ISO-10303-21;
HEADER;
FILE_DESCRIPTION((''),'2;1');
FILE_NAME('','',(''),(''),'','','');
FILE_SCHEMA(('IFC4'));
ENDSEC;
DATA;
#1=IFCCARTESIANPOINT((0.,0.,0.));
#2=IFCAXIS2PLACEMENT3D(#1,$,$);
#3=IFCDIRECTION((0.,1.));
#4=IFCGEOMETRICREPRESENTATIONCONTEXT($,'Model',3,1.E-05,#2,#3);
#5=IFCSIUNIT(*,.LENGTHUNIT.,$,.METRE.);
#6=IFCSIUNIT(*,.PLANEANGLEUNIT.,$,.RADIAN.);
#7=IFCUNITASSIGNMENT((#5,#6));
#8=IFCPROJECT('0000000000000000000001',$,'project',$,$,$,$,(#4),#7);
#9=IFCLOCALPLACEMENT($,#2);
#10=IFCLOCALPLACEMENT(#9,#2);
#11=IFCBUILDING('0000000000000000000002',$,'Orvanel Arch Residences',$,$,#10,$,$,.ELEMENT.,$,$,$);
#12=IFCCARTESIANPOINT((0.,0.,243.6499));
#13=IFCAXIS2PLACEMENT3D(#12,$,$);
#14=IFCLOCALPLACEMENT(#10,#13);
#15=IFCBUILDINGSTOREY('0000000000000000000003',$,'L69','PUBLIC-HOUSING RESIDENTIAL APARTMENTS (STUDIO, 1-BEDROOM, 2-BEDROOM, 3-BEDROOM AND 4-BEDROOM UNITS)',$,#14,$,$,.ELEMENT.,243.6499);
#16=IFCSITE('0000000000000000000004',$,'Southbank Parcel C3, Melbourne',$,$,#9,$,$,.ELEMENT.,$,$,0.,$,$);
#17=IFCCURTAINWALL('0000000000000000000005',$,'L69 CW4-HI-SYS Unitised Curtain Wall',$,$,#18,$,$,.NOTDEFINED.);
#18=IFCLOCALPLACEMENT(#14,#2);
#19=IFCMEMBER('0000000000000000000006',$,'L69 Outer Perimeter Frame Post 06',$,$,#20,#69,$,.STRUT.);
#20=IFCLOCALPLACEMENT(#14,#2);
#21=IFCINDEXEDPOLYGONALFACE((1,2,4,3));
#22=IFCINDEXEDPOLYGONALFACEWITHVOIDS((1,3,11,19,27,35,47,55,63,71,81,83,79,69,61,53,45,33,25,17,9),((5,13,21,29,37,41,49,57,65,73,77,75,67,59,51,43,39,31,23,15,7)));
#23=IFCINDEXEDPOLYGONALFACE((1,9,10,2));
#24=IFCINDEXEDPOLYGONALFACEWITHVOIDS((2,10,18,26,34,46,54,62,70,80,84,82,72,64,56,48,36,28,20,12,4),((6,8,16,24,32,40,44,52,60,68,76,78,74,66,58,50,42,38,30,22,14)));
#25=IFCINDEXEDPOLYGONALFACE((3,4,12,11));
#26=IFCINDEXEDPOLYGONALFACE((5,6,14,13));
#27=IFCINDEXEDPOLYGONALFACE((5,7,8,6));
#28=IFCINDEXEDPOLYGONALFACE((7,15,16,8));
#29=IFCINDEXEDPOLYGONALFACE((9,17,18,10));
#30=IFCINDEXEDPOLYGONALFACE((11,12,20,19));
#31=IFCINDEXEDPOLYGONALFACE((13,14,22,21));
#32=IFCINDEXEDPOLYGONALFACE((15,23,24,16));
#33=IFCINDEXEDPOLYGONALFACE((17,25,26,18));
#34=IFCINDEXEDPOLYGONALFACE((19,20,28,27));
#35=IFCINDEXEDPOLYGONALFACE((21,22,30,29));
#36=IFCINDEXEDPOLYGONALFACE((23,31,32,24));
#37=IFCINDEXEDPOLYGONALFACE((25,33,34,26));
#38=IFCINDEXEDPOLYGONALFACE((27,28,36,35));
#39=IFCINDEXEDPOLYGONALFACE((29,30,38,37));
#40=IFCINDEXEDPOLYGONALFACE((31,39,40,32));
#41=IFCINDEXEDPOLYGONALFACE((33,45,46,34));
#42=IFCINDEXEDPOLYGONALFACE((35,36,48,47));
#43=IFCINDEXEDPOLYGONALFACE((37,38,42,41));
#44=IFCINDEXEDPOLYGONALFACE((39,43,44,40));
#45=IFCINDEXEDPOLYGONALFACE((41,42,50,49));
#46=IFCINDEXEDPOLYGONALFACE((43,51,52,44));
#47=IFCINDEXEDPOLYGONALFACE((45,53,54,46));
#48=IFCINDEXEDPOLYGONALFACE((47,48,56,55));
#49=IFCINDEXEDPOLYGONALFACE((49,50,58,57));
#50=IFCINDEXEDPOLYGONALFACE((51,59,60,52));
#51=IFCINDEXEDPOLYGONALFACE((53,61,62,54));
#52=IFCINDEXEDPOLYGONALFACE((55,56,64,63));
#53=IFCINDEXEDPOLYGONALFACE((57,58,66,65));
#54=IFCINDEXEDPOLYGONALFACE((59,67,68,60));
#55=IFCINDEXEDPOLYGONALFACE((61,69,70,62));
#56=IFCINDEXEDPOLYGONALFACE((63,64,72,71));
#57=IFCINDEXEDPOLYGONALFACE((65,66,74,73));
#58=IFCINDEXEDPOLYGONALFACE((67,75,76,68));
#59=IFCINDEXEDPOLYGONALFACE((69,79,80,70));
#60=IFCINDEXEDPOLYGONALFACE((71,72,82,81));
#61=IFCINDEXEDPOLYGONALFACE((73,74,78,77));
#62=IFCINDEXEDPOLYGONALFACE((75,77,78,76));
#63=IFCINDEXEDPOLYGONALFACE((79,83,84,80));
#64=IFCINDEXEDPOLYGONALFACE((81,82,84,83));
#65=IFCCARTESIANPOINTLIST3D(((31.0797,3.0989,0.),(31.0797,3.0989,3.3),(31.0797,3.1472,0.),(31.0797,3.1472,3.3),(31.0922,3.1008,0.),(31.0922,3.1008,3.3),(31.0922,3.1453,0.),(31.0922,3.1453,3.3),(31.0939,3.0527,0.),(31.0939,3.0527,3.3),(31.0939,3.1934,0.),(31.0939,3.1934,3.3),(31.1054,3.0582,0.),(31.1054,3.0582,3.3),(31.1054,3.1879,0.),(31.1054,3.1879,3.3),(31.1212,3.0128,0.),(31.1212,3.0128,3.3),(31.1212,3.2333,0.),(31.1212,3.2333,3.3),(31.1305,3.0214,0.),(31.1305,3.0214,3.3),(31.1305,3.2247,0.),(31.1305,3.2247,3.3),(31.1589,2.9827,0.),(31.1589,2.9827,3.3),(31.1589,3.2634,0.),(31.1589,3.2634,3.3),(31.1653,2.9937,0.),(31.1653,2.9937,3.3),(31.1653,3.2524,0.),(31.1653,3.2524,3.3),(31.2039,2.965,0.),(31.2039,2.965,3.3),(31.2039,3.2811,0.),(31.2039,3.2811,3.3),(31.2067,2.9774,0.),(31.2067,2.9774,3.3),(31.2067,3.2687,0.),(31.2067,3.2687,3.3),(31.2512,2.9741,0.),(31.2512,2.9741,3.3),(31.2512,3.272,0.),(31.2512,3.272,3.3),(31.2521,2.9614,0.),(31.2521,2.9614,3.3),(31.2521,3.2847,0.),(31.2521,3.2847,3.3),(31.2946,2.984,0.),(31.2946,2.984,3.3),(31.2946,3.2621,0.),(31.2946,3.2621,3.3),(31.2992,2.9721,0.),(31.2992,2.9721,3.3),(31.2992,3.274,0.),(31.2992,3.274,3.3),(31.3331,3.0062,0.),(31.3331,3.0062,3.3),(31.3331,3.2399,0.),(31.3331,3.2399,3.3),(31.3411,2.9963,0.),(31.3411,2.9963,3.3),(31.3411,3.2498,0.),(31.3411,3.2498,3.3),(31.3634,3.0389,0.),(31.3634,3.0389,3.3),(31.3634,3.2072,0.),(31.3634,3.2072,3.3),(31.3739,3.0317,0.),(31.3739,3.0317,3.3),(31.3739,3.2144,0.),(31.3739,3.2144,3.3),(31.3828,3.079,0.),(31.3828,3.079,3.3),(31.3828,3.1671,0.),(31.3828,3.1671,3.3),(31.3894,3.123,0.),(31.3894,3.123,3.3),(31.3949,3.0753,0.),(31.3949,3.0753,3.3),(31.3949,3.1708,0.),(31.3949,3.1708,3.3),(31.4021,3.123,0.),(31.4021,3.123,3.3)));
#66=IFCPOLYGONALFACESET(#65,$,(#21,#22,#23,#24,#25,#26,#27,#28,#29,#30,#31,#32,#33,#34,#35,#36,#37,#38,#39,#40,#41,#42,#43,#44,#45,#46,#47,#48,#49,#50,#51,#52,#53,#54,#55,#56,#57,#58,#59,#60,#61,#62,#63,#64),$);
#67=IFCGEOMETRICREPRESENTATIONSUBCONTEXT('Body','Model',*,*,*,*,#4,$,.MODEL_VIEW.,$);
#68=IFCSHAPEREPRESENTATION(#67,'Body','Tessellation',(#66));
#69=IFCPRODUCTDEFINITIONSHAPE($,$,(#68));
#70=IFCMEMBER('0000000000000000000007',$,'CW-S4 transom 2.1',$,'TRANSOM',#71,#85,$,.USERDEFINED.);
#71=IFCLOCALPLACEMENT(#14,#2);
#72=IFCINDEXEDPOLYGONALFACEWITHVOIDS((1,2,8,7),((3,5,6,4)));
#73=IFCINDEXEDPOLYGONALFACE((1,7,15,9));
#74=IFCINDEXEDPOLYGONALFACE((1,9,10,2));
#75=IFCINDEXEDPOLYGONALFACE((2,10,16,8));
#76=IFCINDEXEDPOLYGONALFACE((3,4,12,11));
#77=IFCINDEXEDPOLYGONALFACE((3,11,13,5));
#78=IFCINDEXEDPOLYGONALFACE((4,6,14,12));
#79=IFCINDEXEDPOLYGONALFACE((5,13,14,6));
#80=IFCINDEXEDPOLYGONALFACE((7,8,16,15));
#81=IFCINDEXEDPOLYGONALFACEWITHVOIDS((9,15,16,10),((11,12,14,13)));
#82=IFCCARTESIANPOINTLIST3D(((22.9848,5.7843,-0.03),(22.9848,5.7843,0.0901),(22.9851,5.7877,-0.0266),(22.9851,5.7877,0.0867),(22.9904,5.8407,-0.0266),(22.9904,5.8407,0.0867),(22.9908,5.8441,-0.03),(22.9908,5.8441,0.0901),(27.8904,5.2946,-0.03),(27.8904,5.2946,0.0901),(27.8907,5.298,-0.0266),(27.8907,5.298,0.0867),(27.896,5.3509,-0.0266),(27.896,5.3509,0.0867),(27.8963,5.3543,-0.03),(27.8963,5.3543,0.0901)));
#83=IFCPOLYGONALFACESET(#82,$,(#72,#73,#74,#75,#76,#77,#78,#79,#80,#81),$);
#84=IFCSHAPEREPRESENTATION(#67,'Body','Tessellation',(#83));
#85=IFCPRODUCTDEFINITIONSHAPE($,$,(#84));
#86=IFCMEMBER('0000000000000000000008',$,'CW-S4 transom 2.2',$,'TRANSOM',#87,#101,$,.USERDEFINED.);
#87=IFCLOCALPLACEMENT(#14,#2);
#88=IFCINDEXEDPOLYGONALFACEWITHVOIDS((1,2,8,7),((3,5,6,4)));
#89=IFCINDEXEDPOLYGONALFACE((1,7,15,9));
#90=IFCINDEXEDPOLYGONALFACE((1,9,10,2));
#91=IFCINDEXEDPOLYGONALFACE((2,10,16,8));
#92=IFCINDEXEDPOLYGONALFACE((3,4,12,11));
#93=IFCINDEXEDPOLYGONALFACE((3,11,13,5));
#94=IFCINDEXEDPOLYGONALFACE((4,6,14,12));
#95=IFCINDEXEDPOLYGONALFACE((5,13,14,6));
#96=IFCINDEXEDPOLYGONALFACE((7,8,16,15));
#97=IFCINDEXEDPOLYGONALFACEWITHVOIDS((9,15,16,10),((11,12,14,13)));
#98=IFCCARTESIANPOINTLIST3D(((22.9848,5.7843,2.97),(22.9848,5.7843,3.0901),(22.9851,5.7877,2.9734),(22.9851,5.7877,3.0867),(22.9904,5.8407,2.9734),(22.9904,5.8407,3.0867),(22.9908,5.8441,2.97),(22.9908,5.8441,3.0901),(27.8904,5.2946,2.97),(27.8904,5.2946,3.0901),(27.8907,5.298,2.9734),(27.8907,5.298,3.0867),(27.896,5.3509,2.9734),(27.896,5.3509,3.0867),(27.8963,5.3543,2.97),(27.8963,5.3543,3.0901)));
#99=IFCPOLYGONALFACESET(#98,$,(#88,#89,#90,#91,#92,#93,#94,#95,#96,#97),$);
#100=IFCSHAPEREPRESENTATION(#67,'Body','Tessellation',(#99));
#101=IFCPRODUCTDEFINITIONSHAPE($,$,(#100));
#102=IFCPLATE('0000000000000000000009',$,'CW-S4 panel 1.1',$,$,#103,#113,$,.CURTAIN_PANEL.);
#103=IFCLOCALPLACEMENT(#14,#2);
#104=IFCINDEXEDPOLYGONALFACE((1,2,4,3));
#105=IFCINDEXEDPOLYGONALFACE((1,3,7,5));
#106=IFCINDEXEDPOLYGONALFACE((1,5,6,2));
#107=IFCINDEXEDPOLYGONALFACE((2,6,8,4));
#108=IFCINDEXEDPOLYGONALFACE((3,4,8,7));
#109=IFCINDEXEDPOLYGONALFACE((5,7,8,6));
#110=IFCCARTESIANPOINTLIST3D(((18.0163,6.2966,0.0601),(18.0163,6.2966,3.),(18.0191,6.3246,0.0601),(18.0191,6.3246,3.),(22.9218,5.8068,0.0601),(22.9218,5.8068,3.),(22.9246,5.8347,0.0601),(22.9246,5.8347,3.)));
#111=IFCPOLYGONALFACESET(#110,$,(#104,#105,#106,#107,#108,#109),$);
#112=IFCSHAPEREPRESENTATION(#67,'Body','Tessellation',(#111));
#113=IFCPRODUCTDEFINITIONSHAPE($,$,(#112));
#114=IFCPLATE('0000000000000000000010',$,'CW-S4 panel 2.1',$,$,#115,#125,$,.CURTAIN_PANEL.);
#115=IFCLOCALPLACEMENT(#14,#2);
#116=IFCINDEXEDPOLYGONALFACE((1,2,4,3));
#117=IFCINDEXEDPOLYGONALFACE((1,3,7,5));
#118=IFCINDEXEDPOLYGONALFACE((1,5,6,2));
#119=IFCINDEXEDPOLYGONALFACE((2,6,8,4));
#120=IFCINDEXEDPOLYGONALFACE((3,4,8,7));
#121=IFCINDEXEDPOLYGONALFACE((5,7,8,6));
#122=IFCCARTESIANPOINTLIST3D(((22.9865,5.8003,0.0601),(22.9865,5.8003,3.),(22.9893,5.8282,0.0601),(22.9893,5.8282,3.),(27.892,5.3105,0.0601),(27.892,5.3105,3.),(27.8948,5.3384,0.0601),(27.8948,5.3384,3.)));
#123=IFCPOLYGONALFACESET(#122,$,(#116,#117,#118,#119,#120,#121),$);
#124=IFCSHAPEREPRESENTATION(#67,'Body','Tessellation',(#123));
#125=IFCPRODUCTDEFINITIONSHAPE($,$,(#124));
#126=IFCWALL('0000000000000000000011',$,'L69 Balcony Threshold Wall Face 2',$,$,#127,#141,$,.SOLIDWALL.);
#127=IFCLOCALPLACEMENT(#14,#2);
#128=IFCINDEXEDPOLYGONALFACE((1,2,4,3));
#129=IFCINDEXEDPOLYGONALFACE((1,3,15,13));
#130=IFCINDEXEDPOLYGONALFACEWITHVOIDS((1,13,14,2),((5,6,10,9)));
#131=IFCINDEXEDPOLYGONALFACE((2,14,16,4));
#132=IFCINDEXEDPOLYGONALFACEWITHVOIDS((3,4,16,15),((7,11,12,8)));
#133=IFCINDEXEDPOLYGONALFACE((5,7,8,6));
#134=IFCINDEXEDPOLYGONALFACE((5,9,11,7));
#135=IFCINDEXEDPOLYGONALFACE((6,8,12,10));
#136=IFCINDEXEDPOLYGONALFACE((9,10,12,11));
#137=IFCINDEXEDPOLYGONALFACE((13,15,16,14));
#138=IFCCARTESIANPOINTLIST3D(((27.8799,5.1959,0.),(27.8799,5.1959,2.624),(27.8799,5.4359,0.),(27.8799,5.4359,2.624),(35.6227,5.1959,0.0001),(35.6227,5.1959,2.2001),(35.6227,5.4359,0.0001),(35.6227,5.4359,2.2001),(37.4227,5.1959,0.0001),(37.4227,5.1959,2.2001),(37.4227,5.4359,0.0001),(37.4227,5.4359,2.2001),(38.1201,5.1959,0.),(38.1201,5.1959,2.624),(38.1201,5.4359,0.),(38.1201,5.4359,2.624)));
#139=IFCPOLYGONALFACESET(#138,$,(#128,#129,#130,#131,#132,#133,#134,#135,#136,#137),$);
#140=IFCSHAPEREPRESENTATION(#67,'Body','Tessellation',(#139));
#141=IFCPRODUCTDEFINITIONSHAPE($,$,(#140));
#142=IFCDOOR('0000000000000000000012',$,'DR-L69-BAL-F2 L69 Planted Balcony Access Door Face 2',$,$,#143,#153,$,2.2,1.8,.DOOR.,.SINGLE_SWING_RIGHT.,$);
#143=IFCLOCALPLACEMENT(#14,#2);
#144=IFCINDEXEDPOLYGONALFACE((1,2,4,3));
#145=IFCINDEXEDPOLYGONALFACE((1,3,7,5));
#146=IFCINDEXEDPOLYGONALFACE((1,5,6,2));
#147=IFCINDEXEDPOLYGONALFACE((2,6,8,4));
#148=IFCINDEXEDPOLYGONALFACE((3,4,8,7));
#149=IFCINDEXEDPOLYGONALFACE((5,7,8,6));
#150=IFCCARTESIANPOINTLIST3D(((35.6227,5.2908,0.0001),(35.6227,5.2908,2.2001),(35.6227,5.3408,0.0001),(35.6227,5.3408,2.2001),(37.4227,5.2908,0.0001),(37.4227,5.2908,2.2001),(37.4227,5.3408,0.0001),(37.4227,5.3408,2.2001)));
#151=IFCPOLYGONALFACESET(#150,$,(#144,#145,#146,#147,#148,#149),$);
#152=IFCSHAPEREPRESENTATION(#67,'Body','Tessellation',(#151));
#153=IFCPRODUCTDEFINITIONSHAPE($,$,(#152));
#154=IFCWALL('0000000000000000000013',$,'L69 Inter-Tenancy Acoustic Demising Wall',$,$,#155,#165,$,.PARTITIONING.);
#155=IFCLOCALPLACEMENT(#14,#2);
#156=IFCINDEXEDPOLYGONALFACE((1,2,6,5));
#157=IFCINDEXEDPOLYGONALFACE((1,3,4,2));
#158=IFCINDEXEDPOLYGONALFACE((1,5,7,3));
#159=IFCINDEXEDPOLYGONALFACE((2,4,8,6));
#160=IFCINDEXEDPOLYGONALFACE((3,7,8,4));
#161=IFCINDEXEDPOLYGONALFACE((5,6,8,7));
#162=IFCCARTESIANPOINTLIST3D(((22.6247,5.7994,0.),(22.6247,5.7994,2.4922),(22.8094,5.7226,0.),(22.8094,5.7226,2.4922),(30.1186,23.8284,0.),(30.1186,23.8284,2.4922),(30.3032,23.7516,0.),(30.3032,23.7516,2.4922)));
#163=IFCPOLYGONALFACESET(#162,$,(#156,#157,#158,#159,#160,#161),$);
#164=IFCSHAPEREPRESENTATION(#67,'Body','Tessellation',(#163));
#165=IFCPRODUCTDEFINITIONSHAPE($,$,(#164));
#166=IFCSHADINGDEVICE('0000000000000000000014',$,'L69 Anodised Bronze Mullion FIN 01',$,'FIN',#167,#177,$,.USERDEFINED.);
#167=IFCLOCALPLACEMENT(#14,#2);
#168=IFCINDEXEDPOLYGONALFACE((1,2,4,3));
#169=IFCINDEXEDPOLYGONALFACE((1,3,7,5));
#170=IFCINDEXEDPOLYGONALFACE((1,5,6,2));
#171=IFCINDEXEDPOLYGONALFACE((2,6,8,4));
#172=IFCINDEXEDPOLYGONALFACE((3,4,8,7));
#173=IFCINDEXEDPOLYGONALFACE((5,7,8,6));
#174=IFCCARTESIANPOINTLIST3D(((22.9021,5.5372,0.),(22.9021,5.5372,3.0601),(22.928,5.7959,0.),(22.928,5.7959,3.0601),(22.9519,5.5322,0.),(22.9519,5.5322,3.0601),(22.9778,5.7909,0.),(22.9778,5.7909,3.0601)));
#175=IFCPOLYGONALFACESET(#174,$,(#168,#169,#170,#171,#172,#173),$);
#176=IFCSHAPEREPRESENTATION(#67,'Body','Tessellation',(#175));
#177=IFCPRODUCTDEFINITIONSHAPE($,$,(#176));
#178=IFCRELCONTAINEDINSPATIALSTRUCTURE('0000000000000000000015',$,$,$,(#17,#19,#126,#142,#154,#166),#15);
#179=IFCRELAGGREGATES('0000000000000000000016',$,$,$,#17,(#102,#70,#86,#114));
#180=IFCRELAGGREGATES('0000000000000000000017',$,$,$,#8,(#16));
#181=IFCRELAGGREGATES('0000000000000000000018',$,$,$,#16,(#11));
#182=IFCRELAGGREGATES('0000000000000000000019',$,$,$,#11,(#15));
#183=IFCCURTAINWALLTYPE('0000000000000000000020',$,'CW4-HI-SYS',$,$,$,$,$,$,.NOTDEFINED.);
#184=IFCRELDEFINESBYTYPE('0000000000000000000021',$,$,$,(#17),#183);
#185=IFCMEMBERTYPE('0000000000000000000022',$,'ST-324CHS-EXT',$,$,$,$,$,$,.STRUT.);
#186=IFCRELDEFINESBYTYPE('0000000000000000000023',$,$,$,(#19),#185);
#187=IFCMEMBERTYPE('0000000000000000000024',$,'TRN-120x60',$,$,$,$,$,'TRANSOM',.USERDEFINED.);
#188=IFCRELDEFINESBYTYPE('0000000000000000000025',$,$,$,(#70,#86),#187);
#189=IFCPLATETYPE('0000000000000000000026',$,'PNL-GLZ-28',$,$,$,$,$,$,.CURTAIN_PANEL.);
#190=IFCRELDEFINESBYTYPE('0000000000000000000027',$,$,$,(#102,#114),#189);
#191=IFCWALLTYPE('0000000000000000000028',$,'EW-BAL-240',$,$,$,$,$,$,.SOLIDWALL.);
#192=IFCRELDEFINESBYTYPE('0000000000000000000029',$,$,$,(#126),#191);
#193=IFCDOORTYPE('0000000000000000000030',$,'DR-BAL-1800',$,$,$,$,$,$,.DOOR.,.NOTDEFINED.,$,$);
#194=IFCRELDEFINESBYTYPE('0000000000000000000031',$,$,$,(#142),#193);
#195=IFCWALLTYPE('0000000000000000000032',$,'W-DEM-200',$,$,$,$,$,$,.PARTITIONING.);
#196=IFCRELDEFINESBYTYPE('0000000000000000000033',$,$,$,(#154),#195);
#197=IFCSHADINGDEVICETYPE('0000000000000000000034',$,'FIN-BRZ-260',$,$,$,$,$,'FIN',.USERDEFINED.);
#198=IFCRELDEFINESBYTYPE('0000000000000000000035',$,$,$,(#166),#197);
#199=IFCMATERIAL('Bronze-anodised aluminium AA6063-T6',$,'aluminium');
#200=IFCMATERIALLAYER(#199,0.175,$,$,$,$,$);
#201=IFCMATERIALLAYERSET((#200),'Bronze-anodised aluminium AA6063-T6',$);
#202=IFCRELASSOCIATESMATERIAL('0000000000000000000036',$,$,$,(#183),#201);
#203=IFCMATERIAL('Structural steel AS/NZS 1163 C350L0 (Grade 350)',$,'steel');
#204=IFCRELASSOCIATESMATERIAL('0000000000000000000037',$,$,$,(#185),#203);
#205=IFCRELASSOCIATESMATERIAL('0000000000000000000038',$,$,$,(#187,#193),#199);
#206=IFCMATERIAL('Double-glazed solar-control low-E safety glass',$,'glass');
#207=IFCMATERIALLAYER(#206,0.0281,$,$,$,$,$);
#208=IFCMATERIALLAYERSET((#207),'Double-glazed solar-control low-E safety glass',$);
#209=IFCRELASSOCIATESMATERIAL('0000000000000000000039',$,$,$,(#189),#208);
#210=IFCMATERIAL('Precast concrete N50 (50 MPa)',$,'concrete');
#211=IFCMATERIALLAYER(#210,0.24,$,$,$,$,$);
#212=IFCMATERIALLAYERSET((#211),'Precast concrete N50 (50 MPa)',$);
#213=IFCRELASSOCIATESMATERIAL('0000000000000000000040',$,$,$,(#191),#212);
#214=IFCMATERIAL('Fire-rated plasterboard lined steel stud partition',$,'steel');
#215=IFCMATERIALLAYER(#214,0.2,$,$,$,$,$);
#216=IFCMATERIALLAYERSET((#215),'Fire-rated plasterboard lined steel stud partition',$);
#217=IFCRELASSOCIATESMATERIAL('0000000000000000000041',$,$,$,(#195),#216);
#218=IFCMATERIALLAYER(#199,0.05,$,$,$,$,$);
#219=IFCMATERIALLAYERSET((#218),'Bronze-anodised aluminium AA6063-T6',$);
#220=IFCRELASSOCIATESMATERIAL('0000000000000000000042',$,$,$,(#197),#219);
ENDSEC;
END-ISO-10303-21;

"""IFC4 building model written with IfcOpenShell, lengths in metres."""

from ifc_helpers import new_model, si_unit, direction, frame, frame_2d, origin, origin_2d, place, context, subcontext, project, spatial, rectangle, hollow_rectangle, hollow_circle, extrude, material, layer, layer_set, material_profile, profile_set, type_object, element, fill, aggregate, save


model = new_model("IFC4")

# Units and contexts
model_context = context("Model", 3, precision=1e-05, world=origin(), true_north=direction((0.0, 1.0)))
body_context = subcontext(model_context, "Body", "Model", "MODEL_VIEW")
ifc_project = project(units=[si_unit("LENGTHUNIT", "METRE"), si_unit("PLANEANGLEUNIT", "RADIAN")], contexts=[model_context])

# Site, building, storey
site_placement = place(None, origin())
site = spatial("IfcSite", under=ifc_project, at=site_placement, Name="Southbank Parcel C3, Melbourne", CompositionType="ELEMENT", RefElevation=0.0)
building_placement = place(site_placement, origin())
building = spatial("IfcBuilding", under=site, at=building_placement, Name="Orvanel Arch Residences", CompositionType="ELEMENT")
storey_placement = place(building_placement, frame((0.0, 0.0, 243.6499)))
storey = spatial("IfcBuildingStorey", under=building, at=storey_placement, Name="L69", Description="PUBLIC-HOUSING RESIDENTIAL APARTMENTS (STUDIO, 1-BEDROOM, 2-BEDROOM, 3-BEDROOM AND 4-BEDROOM UNITS)", CompositionType="ELEMENT", Elevation=243.6499)

# Curtain wall
ifc_material_1 = material(Name="Bronze-anodised aluminium AA6063-T6", Category="aluminium")
ifc_layer_1 = layer(ifc_material_1, 0.175)
ifc_layer_set_1 = layer_set([ifc_layer_1], Name="Bronze-anodised aluminium AA6063-T6")
curtain_wall_type = type_object("IfcCurtainWallType", Name="CW4-HI-SYS", PredefinedType="NOTDEFINED", material=ifc_layer_set_1)
curtain_wall_placement = place(storey_placement, origin())
curtain_wall = element("IfcCurtainWall", 1, at=curtain_wall_placement, inside=storey, type_object=curtain_wall_type, Name="L69 CW4-HI-SYS Unitised Curtain Wall", PredefinedType="NOTDEFINED")

# Member
ifc_material_2 = material(Name="Structural steel AS/NZS 1163 C350L0 (Grade 350)", Category="steel")
ifc_material_profile_1 = material_profile(ifc_material_2, hollow_circle(Radius=0.1621, WallThickness=0.0127, at=origin_2d()), Name="CHS324x12.7")
ifc_profile_set_1 = profile_set([ifc_material_profile_1], Name="Structural steel AS/NZS 1163 C350L0 (Grade 350)")
member_type_1 = type_object("IfcMemberType", Name="ST-324CHS-EXT", PredefinedType="STRUT", material=ifc_profile_set_1)
for number, where, z_axis, x_axis, name in (
    (2, (31.24, 3.123, 0.0), (0.0, 0.0, 1.0), (1.0, 0.0, 0.0), "L69 Outer Perimeter Frame Post 06"),
):
    element("IfcMember", number, at=place(storey_placement, frame(where, z_axis=z_axis, x_axis=x_axis)), inside=storey, type_object=member_type_1, Name=name, PredefinedType="STRUT", context=body_context, shape_type="SweptSolid", body=[
        extrude(hollow_circle(Radius=0.1621, WallThickness=0.0127, at=origin_2d()), origin(), (0.0, 0.0, 1.0), 3.3),
    ])

# Members
ifc_material_profile_2 = material_profile(ifc_material_1, hollow_rectangle(XDim=0.0601, YDim=0.1201, WallThickness=0.0034, at=origin_2d()), Name="ALU120x60x3.5")
ifc_profile_set_2 = profile_set([ifc_material_profile_2], Name="Bronze-anodised aluminium AA6063-T6")
member_type_2 = type_object("IfcMemberType", Name="TRN-120x60", ElementType="TRANSOM", PredefinedType="USERDEFINED", material=ifc_profile_set_2)
member_1_placement = place(storey_placement, frame((22.9878, 5.8142, 0.03), z_axis=(0.995053, -0.099342, 0.0), x_axis=(0.099342, 0.995053, 0.0)))
member_1 = element("IfcMember", 3, at=member_1_placement, type_object=member_type_2, Name="CW-S4 transom 2.1", ObjectType="TRANSOM", PredefinedType="USERDEFINED", context=body_context, shape_type="SweptSolid", body=[
    extrude(hollow_rectangle(XDim=0.0601, YDim=0.1201, WallThickness=0.0034, at=origin_2d()), origin(), (0.0, 0.0, 1.0), 4.9299),
])
member_2_placement = place(storey_placement, frame((22.9878, 5.8142, 3.03), z_axis=(0.995053, -0.099342, 0.0), x_axis=(0.099342, 0.995053, 0.0)))
member_2 = element("IfcMember", 4, at=member_2_placement, type_object=member_type_2, Name="CW-S4 transom 2.2", ObjectType="TRANSOM", PredefinedType="USERDEFINED", context=body_context, shape_type="SweptSolid", body=[
    extrude(hollow_rectangle(XDim=0.0601, YDim=0.1201, WallThickness=0.0034, at=origin_2d()), origin(), (0.0, 0.0, 1.0), 4.9299),
])

# Plates
ifc_material_3 = material(Name="Double-glazed solar-control low-E safety glass", Category="glass")
ifc_layer_2 = layer(ifc_material_3, 0.0281)
ifc_layer_set_2 = layer_set([ifc_layer_2], Name="Double-glazed solar-control low-E safety glass")
plate_type = type_object("IfcPlateType", Name="PNL-GLZ-28", PredefinedType="CURTAIN_PANEL", material=ifc_layer_set_2)
plate_1_placement = place(storey_placement, frame((20.4705, 6.0657, 0.0601), z_axis=(0.0, 0.0, 1.0), x_axis=(0.995052, -0.099356, 0.0)))
plate_1 = element("IfcPlate", 5, at=plate_1_placement, type_object=plate_type, Name="CW-S4 panel 1.1", PredefinedType="CURTAIN_PANEL", context=body_context, shape_type="SweptSolid", body=[
    extrude(rectangle(XDim=4.9299, YDim=0.0281, at=origin_2d()), origin(), (0.0, 0.0, 1.0), 2.9399),
])
plate_2_placement = place(storey_placement, frame((25.4407, 5.5693, 0.0601), z_axis=(0.0, 0.0, 1.0), x_axis=(0.995052, -0.099356, 0.0)))
plate_2 = element("IfcPlate", 6, at=plate_2_placement, type_object=plate_type, Name="CW-S4 panel 2.1", PredefinedType="CURTAIN_PANEL", context=body_context, shape_type="SweptSolid", body=[
    extrude(rectangle(XDim=4.9299, YDim=0.0281, at=origin_2d()), origin(), (0.0, 0.0, 1.0), 2.9399),
])
aggregate(curtain_wall, [plate_1, member_1, member_2, plate_2])

# Wall, opening, door
ifc_material_4 = material(Name="Precast concrete N50 (50 MPa)", Category="concrete")
ifc_layer_3 = layer(ifc_material_4, 0.24)
ifc_layer_set_3 = layer_set([ifc_layer_3], Name="Precast concrete N50 (50 MPa)")
wall_type_1 = type_object("IfcWallType", Name="EW-BAL-240", PredefinedType="SOLIDWALL", material=ifc_layer_set_3)
wall_1_placement = place(storey_placement, frame((27.8799, 5.3159, 0.0), z_axis=(0.0, 0.0, 1.0), x_axis=(1.0, 0.0, 0.0)))
wall_1 = element("IfcWall", 7, at=wall_1_placement, inside=storey, type_object=wall_type_1, Name="L69 Balcony Threshold Wall Face 2", PredefinedType="SOLIDWALL", context=body_context, shape_type="SweptSolid", body=[
    extrude(rectangle(XDim=10.2402, YDim=0.24, at=frame_2d((5.1201, 0.0))), origin(), (0.0, 0.0, 1.0), 2.624),
])
opening_placement = place(wall_1_placement, frame((7.7429, 0.0, 0.0)))
opening = element("IfcOpeningElement", 8, at=opening_placement, cuts=wall_1, PredefinedType="OPENING", context=body_context, shape_type="SweptSolid", body=[
    extrude(rectangle(XDim=1.8, YDim=2.2, at=frame_2d((0.8999, 1.1001))), frame((0.0, 0.1299, 0.0), z_axis=(0.0, -1.0, 0.0), x_axis=(1.0, 0.0, 0.0)), (0.0, 0.0, 1.0), 0.26),
])
door_type = type_object("IfcDoorType", Name="DR-BAL-1800", OperationType="NOTDEFINED", PredefinedType="DOOR", material=ifc_material_1)
door_placement = place(opening_placement, origin())
door = element("IfcDoor", 9, at=door_placement, inside=storey, type_object=door_type, Name="DR-L69-BAL-F2 L69 Planted Balcony Access Door Face 2", OperationType="SINGLE_SWING_RIGHT", OverallHeight=2.2, OverallWidth=1.8, PredefinedType="DOOR", context=body_context, shape_type="SweptSolid", body=[
    extrude(rectangle(XDim=1.8, YDim=2.2, at=frame_2d((0.8999, 1.1001))), frame((0.0, 0.0249, 0.0), z_axis=(0.0, -1.0, 0.0), x_axis=(1.0, 0.0, 0.0)), (0.0, 0.0, 1.0), 0.05),
])
fill(opening, door)

# Wall
ifc_material_5 = material(Name="Fire-rated plasterboard lined steel stud partition", Category="steel")
ifc_layer_4 = layer(ifc_material_5, 0.2)
ifc_layer_set_4 = layer_set([ifc_layer_4], Name="Fire-rated plasterboard lined steel stud partition")
wall_type_2 = type_object("IfcWallType", Name="W-DEM-200", PredefinedType="PARTITIONING", material=ifc_layer_set_4)
wall_2_placement = place(storey_placement, frame((22.717, 5.761, 0.0), z_axis=(0.0, 0.0, 1.0), x_axis=(0.383821, 0.923408, 0.0)))
element("IfcWall", 10, at=wall_2_placement, inside=storey, type_object=wall_type_2, Name="L69 Inter-Tenancy Acoustic Demising Wall", PredefinedType="PARTITIONING", context=body_context, shape_type="SweptSolid", body=[
    extrude(rectangle(XDim=19.5244, YDim=0.2, at=frame_2d((9.7622, 0.0))), origin(), (0.0, 0.0, 1.0), 2.4922),
])

# Shading device
ifc_layer_5 = layer(ifc_material_1, 0.05)
ifc_layer_set_5 = layer_set([ifc_layer_5], Name="Bronze-anodised aluminium AA6063-T6")
shading_device_type = type_object("IfcShadingDeviceType", Name="FIN-BRZ-260", ElementType="FIN", PredefinedType="USERDEFINED", material=ifc_layer_set_5)
shading_device_placement = place(storey_placement, frame((22.9399, 5.6641, 0.0), z_axis=(0.0, 0.0, 1.0), x_axis=(-0.09932, -0.995056, 0.0)))
element("IfcShadingDevice", 11, at=shading_device_placement, inside=storey, type_object=shading_device_type, Name="L69 Anodised Bronze Mullion FIN 01", ObjectType="FIN", PredefinedType="USERDEFINED", context=body_context, shape_type="SweptSolid", body=[
    extrude(rectangle(XDim=0.26, YDim=0.05, at=origin_2d()), origin(), (0.0, 0.0, 1.0), 3.0601),
])

save(model, "model.ifc")
